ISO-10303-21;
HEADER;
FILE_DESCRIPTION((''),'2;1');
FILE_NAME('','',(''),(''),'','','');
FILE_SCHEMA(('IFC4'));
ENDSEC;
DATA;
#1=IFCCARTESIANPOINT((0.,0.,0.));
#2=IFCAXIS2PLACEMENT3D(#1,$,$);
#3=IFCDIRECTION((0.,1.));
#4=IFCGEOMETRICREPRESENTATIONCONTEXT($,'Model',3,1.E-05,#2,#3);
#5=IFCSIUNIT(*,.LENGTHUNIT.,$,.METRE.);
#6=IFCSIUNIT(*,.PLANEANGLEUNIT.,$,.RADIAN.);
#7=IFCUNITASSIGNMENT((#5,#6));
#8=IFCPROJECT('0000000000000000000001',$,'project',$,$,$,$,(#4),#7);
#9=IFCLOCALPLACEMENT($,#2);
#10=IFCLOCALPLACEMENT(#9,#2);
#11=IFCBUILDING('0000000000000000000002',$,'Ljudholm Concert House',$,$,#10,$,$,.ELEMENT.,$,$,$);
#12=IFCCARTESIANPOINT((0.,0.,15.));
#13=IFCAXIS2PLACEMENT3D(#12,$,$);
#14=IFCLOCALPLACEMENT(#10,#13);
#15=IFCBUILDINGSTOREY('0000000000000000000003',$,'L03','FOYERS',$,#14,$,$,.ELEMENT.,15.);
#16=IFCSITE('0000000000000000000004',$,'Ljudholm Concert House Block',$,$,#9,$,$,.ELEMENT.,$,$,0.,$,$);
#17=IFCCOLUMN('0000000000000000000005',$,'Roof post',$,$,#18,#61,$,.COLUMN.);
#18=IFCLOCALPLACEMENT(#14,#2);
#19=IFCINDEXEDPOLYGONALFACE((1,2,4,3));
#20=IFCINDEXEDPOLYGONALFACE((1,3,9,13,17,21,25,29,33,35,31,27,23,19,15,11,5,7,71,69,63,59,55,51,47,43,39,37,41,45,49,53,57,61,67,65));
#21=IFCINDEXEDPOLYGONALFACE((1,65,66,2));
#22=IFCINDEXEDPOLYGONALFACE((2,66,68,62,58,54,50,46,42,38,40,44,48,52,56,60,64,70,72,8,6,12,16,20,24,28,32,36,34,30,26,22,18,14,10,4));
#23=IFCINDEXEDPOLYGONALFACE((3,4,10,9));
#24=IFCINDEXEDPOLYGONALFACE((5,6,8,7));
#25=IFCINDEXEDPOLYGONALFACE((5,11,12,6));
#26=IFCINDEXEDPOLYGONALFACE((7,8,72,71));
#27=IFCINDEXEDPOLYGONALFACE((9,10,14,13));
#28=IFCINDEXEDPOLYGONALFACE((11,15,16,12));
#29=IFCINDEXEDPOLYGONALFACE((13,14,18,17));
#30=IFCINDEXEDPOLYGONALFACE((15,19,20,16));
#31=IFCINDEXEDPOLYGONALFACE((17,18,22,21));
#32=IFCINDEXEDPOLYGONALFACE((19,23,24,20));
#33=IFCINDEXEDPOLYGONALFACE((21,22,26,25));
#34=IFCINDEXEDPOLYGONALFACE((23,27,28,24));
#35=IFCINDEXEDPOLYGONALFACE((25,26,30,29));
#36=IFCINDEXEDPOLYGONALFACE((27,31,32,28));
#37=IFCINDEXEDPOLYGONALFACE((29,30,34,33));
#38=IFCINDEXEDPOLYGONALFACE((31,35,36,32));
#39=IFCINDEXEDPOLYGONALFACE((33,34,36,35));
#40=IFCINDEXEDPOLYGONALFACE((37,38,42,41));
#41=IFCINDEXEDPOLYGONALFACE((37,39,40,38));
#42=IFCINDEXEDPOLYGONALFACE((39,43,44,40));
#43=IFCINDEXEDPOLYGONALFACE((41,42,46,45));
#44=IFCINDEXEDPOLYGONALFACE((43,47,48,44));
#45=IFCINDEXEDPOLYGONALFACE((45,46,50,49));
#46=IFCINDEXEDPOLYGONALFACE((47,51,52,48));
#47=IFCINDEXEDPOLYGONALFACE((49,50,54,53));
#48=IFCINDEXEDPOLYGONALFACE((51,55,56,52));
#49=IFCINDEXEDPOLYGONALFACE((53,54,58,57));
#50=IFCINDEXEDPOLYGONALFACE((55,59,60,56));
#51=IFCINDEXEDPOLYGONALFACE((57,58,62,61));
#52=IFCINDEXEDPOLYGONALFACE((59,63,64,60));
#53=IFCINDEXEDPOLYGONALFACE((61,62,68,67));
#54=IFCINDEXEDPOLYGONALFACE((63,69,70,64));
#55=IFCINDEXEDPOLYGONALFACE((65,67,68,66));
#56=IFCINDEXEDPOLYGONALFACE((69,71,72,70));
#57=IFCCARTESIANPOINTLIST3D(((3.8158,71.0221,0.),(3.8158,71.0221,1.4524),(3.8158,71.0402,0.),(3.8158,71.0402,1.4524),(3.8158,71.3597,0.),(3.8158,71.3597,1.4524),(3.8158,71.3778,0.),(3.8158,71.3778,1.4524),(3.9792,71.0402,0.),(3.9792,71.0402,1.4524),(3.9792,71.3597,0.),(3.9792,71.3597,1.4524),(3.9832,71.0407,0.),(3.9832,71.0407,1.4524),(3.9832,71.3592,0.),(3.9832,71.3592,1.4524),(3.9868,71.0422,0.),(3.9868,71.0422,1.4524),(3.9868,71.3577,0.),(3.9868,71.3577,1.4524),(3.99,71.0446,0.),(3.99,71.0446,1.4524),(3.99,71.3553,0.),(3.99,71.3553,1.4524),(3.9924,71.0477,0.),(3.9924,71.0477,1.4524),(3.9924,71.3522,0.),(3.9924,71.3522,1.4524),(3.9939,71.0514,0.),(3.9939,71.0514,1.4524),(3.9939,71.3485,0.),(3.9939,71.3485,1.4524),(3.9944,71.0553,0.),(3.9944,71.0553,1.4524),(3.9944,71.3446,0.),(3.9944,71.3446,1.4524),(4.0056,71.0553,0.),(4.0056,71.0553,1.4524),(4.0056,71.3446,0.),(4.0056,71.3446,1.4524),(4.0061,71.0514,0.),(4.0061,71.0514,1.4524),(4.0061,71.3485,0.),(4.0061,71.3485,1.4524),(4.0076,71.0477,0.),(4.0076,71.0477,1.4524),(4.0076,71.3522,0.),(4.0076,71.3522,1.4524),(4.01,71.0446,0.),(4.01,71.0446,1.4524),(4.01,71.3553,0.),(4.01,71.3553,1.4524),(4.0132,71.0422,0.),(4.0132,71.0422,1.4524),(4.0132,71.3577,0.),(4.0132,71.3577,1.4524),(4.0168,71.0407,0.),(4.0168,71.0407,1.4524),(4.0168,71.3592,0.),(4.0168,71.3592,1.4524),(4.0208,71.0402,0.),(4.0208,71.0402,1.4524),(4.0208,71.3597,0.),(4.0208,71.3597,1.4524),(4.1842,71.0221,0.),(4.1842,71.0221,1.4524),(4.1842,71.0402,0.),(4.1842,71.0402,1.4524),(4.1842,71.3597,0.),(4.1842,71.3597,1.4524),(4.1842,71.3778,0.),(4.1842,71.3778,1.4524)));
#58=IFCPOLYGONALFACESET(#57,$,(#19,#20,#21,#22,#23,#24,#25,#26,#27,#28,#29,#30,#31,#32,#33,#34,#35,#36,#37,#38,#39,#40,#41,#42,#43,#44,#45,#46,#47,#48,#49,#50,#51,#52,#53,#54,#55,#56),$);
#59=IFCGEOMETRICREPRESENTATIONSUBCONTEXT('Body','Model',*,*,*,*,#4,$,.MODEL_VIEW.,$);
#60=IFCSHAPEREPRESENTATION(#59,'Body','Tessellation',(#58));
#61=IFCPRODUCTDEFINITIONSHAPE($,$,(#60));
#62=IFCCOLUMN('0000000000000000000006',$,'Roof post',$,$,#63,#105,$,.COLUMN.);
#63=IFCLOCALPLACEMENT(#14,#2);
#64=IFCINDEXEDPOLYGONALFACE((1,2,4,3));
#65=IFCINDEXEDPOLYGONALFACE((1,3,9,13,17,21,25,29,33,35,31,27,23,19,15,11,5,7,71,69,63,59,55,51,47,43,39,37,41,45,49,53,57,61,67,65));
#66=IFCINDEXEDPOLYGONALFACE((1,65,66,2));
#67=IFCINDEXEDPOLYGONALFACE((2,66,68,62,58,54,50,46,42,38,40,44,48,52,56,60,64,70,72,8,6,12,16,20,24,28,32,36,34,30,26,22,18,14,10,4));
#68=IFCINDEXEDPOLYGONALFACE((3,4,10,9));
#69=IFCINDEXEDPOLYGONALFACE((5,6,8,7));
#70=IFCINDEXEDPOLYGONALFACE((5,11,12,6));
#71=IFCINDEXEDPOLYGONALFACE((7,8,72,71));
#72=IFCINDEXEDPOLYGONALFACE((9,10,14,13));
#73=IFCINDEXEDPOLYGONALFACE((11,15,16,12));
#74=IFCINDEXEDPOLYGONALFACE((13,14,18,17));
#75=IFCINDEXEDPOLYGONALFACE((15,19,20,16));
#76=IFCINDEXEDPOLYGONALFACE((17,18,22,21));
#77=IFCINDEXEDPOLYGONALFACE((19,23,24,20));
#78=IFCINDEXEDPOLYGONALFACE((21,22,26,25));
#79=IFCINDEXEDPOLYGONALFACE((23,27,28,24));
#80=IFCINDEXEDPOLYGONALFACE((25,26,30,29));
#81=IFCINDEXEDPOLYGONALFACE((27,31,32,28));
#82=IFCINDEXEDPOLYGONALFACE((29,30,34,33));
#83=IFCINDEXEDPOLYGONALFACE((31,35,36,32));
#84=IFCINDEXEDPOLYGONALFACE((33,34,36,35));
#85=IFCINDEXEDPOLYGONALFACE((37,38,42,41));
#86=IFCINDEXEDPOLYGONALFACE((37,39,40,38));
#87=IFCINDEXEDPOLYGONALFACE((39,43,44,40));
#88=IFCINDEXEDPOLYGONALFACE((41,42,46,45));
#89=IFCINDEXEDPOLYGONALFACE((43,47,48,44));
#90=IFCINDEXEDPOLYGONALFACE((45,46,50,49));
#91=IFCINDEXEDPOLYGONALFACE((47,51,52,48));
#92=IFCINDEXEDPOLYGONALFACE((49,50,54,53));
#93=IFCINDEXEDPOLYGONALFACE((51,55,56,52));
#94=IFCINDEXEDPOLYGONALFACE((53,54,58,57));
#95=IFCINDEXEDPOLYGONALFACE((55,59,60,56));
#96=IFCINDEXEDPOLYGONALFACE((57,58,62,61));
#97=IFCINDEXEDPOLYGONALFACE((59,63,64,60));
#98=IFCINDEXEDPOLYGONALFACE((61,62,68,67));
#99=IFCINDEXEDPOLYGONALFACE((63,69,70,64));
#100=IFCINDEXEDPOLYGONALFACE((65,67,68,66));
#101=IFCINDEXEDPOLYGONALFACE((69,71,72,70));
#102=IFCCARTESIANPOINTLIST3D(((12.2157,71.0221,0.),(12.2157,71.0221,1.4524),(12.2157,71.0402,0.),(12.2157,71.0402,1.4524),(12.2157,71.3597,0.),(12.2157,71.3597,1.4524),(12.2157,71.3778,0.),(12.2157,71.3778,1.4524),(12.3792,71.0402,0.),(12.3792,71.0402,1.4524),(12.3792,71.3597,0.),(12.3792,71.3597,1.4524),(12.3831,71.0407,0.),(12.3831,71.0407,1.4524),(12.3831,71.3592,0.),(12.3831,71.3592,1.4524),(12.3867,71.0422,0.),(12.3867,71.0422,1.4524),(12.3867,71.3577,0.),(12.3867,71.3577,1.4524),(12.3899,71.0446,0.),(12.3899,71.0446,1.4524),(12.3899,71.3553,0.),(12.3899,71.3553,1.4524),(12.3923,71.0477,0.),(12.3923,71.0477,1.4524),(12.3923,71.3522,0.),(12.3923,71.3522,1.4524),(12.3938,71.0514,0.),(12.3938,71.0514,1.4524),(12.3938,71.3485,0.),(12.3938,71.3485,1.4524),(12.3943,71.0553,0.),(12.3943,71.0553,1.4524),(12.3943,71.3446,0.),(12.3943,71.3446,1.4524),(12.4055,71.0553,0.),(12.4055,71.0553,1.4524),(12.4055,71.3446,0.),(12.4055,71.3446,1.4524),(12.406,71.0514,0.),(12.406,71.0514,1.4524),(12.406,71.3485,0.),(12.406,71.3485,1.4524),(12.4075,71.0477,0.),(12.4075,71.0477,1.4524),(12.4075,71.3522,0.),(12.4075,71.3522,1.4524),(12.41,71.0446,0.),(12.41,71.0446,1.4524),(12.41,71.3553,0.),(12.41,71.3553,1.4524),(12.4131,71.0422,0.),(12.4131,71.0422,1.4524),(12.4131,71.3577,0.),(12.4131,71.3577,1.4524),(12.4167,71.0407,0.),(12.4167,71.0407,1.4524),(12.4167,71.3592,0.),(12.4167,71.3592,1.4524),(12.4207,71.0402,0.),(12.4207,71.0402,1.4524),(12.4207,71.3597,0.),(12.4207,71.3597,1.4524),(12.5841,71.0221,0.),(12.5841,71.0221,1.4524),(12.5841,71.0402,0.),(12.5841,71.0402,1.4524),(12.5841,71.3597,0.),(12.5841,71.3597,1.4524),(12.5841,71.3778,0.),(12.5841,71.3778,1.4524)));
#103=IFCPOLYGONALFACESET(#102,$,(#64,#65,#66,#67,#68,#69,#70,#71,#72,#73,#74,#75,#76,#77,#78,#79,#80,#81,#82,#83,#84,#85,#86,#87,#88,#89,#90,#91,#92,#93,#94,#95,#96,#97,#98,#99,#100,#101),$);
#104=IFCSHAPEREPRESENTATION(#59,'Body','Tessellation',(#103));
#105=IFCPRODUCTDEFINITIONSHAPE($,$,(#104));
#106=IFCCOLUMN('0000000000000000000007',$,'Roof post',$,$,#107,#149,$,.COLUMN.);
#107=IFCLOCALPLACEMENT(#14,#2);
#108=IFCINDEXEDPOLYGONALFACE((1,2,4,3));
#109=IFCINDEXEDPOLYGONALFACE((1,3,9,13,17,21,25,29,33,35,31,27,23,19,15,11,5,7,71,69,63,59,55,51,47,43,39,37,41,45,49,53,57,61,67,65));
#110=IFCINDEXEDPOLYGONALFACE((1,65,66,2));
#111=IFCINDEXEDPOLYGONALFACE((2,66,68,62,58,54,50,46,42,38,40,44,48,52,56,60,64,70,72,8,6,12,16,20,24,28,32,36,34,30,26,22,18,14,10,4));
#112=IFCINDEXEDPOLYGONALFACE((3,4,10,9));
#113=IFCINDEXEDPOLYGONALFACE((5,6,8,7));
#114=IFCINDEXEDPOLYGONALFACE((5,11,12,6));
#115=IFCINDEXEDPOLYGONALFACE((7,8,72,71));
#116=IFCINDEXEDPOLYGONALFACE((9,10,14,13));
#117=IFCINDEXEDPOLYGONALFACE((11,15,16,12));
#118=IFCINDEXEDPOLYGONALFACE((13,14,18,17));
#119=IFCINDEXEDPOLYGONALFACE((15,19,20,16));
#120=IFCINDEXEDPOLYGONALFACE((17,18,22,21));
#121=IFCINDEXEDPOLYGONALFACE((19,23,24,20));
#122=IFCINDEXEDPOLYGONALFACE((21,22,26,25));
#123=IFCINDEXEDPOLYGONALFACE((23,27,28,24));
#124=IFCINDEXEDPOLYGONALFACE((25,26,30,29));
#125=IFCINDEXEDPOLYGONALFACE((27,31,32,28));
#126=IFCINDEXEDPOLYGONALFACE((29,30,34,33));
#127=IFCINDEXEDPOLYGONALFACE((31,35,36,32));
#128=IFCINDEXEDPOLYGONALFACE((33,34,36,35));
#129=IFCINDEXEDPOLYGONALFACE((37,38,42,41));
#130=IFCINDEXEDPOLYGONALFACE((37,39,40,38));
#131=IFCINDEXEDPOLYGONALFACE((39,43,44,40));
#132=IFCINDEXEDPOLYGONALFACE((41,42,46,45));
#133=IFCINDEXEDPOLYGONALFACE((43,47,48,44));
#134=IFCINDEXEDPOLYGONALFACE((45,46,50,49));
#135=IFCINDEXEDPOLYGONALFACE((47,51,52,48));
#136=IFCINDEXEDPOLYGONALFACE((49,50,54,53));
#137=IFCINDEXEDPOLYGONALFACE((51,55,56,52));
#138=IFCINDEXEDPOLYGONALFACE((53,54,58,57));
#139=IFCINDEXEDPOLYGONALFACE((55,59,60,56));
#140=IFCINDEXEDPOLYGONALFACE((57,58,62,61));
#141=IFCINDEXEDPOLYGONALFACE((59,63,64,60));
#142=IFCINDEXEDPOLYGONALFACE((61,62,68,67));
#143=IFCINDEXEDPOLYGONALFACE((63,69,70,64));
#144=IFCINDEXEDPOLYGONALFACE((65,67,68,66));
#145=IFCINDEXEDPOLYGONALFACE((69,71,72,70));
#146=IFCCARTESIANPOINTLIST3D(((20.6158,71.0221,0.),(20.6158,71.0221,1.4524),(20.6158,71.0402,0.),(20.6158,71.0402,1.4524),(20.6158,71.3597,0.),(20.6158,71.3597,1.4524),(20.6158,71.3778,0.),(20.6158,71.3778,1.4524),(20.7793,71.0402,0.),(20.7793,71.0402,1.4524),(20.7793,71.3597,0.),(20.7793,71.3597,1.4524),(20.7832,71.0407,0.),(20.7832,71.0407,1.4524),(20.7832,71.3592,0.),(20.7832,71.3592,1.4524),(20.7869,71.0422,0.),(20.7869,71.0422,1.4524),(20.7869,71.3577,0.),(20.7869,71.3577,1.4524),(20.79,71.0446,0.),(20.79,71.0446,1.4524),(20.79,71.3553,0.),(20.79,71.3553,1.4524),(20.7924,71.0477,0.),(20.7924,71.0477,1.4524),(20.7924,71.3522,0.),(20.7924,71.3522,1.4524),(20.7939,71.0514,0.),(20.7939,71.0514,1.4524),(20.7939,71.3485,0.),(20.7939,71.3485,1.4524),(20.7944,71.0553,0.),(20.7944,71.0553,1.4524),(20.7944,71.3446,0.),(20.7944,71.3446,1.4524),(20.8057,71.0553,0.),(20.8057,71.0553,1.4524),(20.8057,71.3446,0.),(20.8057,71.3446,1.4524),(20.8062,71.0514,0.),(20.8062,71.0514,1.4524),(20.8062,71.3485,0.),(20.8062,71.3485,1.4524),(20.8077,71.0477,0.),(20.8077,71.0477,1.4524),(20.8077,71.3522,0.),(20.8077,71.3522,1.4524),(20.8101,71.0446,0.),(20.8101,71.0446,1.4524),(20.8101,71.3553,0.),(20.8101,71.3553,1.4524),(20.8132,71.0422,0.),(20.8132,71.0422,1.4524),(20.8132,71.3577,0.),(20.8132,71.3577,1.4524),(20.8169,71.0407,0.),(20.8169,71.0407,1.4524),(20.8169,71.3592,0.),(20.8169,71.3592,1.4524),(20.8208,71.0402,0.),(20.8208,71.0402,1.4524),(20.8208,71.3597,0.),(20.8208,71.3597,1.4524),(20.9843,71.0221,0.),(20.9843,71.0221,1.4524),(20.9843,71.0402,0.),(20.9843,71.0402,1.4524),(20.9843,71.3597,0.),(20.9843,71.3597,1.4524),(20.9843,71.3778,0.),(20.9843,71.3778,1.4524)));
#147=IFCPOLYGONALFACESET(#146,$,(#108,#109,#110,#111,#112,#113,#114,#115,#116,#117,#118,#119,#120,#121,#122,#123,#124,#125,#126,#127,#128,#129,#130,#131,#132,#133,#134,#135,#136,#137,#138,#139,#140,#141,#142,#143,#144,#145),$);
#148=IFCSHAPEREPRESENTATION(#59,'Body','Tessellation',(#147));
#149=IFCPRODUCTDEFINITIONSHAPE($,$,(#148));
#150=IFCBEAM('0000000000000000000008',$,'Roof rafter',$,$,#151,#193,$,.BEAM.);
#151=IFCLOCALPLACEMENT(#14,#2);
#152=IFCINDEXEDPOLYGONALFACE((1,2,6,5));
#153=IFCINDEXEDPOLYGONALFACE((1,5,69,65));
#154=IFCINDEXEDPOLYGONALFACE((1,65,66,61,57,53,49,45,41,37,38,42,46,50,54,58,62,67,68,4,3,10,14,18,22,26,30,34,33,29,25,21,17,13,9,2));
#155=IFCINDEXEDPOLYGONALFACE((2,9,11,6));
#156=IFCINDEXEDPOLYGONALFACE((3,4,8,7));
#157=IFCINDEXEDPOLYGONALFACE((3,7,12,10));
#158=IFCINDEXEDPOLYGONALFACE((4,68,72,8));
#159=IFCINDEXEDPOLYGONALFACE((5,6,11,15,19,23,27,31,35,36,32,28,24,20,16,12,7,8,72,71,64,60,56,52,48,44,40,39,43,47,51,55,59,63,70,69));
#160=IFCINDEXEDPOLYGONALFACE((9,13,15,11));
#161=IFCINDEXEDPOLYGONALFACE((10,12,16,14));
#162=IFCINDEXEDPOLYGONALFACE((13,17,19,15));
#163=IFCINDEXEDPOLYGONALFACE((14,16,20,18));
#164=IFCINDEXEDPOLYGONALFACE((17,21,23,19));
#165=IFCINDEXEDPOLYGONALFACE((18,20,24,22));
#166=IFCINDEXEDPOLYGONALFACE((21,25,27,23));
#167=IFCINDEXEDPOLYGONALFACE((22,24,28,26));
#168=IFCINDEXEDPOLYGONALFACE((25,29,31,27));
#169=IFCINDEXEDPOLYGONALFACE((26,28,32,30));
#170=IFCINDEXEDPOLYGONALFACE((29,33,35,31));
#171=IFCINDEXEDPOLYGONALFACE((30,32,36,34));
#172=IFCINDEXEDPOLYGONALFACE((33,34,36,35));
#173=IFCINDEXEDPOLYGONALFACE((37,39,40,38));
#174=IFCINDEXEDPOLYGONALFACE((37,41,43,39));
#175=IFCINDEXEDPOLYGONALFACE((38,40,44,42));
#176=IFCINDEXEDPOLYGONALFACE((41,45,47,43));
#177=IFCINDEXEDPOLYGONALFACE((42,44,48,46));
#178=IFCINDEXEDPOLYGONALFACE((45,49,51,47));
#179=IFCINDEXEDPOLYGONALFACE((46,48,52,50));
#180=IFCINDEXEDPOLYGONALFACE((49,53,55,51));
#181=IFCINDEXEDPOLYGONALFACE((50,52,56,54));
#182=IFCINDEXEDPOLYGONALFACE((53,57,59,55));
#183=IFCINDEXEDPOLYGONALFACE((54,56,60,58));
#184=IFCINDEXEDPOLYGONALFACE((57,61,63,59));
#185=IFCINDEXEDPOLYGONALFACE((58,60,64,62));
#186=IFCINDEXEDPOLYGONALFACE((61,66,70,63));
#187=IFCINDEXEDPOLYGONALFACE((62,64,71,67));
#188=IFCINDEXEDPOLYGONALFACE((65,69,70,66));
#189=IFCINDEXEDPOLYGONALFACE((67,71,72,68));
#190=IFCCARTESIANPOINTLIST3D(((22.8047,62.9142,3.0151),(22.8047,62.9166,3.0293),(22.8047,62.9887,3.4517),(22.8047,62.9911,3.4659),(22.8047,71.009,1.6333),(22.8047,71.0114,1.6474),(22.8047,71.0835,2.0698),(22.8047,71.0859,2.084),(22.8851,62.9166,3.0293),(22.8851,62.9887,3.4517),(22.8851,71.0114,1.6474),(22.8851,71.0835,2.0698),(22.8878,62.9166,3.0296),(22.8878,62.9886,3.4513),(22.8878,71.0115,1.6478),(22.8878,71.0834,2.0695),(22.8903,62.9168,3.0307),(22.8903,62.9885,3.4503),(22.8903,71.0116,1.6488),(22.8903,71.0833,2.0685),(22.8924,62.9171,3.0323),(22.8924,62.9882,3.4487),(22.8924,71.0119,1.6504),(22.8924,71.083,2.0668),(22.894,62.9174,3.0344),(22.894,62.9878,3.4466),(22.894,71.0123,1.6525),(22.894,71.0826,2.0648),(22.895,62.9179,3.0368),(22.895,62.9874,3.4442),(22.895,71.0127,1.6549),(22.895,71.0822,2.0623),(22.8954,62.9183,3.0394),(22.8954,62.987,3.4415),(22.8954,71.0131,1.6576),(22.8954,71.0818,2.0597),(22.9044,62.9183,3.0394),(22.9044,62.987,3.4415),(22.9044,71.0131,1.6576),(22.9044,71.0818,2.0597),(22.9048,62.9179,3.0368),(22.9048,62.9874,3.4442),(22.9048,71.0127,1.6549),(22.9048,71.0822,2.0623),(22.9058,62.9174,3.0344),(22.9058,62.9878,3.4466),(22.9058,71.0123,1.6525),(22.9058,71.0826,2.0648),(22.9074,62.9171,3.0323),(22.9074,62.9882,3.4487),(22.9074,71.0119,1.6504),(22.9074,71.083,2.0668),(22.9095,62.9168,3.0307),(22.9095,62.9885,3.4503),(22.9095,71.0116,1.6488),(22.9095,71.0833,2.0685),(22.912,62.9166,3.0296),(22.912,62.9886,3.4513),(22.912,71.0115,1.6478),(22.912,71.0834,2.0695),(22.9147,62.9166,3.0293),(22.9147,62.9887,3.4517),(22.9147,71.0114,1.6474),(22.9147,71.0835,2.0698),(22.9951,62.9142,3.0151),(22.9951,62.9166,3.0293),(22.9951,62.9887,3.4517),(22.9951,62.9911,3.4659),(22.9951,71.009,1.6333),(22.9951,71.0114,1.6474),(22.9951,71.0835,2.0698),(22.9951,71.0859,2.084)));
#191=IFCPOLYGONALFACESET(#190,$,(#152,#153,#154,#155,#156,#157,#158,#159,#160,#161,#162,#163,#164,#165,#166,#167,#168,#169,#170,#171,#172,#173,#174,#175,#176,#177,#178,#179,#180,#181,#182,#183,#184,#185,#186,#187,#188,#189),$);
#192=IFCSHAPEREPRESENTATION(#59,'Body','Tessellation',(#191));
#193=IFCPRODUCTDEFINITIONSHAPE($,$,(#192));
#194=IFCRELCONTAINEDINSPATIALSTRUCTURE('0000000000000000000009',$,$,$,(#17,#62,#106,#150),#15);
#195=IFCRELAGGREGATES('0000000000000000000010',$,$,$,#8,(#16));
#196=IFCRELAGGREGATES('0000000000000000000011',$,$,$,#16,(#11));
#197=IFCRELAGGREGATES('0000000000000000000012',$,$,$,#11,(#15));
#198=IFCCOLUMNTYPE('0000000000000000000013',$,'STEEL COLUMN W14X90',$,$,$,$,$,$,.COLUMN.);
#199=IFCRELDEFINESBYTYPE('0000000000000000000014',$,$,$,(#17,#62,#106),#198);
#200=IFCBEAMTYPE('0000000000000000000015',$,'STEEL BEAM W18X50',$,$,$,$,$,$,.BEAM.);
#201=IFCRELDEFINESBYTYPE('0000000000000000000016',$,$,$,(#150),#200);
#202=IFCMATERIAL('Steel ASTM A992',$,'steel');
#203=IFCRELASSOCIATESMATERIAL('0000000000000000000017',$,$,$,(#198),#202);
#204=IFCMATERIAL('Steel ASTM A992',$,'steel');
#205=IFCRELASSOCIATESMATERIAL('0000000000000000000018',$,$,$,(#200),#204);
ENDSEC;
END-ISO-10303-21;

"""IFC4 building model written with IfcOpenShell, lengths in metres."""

from ifc_helpers import new_model, si_unit, direction, frame, origin, origin_2d, place, context, subcontext, project, spatial, i_section, extrude, material, material_profile, profile_set, type_object, element, save


model = new_model("IFC4")

# Units and contexts
model_context = context("Model", 3, precision=1e-05, world=origin(), true_north=direction((0.0, 1.0)))
body_context = subcontext(model_context, "Body", "Model", "MODEL_VIEW")
ifc_project = project(units=[si_unit("LENGTHUNIT", "METRE"), si_unit("PLANEANGLEUNIT", "RADIAN")], contexts=[model_context])

# Site, building, storey
site_placement = place(None, origin())
site = spatial("IfcSite", under=ifc_project, at=site_placement, Name="Ljudholm Concert House Block", CompositionType="ELEMENT", RefElevation=0.0)
building_placement = place(site_placement, origin())
building = spatial("IfcBuilding", under=site, at=building_placement, Name="Ljudholm Concert House", CompositionType="ELEMENT")
storey_placement = place(building_placement, frame((0.0, 0.0, 15.0)))
storey = spatial("IfcBuildingStorey", under=building, at=storey_placement, Name="L03", Description="FOYERS", CompositionType="ELEMENT", Elevation=15.0)

# Columns
ifc_material_1 = material(Name="Steel ASTM A992", Category="steel")
ifc_material_profile_1 = material_profile(ifc_material_1, i_section(OverallWidth=0.3684, OverallDepth=0.3557, WebThickness=0.0112, FlangeThickness=0.0181, FilletRadius=0.0151, at=origin_2d()), Name="W14X90")
ifc_profile_set_1 = profile_set([ifc_material_profile_1], Name="Steel ASTM A992")
column_type = type_object("IfcColumnType", Name="STEEL COLUMN W14X90", PredefinedType="COLUMN", material=ifc_profile_set_1)
for number, where, z_axis, x_axis, name in (
    (1, (4.0, 71.2, 0.0), (0.0, 0.0, 1.0), (1.0, 0.0, 0.0), "Roof post"),
    (2, (12.3999, 71.2, 0.0), (0.0, 0.0, 1.0), (1.0, 0.0, 0.0), "Roof post"),
    (3, (20.8, 71.2, 0.0), (0.0, 0.0, 1.0), (1.0, 0.0, 0.0), "Roof post"),
):
    element("IfcColumn", number, at=place(storey_placement, frame(where, z_axis=z_axis, x_axis=x_axis)), inside=storey, type_object=column_type, Name=name, PredefinedType="COLUMN", context=body_context, shape_type="SweptSolid", body=[
        extrude(i_section(OverallWidth=0.3684, OverallDepth=0.3557, WebThickness=0.0112, FlangeThickness=0.0181, FilletRadius=0.0151, at=origin_2d()), origin(), (0.0, 0.0, 1.0), 1.4524),
    ])

# Beam
ifc_material_2 = material(Name="Steel ASTM A992", Category="steel")
ifc_material_profile_2 = material_profile(ifc_material_2, i_section(OverallWidth=0.1904, OverallDepth=0.4573, WebThickness=0.009, FlangeThickness=0.0144, FilletRadius=0.0103, at=origin_2d()), Name="W18X50")
ifc_profile_set_2 = profile_set([ifc_material_profile_2], Name="Steel ASTM A992")
beam_type_1 = type_object("IfcBeamType", Name="STEEL BEAM W18X50", PredefinedType="BEAM", material=ifc_profile_set_2)
for number, where, z_axis, x_axis, name in (
    (4, (22.8999, 62.9526, 3.2405), (0.0, 0.98574, -0.168274), (-1.0, 0.0, 0.0), "Roof rafter"),
):
    element("IfcBeam", number, at=place(storey_placement, frame(where, z_axis=z_axis, x_axis=x_axis)), inside=storey, type_object=beam_type_1, Name=name, PredefinedType="BEAM", context=body_context, shape_type="SweptSolid", body=[
        extrude(i_section(OverallWidth=0.1904, OverallDepth=0.4573, WebThickness=0.009, FlangeThickness=0.0144, FilletRadius=0.0103, at=origin_2d()), origin(), (0.0, 0.0, 1.0), 8.2119),
    ])

save(model, "model.ifc")
